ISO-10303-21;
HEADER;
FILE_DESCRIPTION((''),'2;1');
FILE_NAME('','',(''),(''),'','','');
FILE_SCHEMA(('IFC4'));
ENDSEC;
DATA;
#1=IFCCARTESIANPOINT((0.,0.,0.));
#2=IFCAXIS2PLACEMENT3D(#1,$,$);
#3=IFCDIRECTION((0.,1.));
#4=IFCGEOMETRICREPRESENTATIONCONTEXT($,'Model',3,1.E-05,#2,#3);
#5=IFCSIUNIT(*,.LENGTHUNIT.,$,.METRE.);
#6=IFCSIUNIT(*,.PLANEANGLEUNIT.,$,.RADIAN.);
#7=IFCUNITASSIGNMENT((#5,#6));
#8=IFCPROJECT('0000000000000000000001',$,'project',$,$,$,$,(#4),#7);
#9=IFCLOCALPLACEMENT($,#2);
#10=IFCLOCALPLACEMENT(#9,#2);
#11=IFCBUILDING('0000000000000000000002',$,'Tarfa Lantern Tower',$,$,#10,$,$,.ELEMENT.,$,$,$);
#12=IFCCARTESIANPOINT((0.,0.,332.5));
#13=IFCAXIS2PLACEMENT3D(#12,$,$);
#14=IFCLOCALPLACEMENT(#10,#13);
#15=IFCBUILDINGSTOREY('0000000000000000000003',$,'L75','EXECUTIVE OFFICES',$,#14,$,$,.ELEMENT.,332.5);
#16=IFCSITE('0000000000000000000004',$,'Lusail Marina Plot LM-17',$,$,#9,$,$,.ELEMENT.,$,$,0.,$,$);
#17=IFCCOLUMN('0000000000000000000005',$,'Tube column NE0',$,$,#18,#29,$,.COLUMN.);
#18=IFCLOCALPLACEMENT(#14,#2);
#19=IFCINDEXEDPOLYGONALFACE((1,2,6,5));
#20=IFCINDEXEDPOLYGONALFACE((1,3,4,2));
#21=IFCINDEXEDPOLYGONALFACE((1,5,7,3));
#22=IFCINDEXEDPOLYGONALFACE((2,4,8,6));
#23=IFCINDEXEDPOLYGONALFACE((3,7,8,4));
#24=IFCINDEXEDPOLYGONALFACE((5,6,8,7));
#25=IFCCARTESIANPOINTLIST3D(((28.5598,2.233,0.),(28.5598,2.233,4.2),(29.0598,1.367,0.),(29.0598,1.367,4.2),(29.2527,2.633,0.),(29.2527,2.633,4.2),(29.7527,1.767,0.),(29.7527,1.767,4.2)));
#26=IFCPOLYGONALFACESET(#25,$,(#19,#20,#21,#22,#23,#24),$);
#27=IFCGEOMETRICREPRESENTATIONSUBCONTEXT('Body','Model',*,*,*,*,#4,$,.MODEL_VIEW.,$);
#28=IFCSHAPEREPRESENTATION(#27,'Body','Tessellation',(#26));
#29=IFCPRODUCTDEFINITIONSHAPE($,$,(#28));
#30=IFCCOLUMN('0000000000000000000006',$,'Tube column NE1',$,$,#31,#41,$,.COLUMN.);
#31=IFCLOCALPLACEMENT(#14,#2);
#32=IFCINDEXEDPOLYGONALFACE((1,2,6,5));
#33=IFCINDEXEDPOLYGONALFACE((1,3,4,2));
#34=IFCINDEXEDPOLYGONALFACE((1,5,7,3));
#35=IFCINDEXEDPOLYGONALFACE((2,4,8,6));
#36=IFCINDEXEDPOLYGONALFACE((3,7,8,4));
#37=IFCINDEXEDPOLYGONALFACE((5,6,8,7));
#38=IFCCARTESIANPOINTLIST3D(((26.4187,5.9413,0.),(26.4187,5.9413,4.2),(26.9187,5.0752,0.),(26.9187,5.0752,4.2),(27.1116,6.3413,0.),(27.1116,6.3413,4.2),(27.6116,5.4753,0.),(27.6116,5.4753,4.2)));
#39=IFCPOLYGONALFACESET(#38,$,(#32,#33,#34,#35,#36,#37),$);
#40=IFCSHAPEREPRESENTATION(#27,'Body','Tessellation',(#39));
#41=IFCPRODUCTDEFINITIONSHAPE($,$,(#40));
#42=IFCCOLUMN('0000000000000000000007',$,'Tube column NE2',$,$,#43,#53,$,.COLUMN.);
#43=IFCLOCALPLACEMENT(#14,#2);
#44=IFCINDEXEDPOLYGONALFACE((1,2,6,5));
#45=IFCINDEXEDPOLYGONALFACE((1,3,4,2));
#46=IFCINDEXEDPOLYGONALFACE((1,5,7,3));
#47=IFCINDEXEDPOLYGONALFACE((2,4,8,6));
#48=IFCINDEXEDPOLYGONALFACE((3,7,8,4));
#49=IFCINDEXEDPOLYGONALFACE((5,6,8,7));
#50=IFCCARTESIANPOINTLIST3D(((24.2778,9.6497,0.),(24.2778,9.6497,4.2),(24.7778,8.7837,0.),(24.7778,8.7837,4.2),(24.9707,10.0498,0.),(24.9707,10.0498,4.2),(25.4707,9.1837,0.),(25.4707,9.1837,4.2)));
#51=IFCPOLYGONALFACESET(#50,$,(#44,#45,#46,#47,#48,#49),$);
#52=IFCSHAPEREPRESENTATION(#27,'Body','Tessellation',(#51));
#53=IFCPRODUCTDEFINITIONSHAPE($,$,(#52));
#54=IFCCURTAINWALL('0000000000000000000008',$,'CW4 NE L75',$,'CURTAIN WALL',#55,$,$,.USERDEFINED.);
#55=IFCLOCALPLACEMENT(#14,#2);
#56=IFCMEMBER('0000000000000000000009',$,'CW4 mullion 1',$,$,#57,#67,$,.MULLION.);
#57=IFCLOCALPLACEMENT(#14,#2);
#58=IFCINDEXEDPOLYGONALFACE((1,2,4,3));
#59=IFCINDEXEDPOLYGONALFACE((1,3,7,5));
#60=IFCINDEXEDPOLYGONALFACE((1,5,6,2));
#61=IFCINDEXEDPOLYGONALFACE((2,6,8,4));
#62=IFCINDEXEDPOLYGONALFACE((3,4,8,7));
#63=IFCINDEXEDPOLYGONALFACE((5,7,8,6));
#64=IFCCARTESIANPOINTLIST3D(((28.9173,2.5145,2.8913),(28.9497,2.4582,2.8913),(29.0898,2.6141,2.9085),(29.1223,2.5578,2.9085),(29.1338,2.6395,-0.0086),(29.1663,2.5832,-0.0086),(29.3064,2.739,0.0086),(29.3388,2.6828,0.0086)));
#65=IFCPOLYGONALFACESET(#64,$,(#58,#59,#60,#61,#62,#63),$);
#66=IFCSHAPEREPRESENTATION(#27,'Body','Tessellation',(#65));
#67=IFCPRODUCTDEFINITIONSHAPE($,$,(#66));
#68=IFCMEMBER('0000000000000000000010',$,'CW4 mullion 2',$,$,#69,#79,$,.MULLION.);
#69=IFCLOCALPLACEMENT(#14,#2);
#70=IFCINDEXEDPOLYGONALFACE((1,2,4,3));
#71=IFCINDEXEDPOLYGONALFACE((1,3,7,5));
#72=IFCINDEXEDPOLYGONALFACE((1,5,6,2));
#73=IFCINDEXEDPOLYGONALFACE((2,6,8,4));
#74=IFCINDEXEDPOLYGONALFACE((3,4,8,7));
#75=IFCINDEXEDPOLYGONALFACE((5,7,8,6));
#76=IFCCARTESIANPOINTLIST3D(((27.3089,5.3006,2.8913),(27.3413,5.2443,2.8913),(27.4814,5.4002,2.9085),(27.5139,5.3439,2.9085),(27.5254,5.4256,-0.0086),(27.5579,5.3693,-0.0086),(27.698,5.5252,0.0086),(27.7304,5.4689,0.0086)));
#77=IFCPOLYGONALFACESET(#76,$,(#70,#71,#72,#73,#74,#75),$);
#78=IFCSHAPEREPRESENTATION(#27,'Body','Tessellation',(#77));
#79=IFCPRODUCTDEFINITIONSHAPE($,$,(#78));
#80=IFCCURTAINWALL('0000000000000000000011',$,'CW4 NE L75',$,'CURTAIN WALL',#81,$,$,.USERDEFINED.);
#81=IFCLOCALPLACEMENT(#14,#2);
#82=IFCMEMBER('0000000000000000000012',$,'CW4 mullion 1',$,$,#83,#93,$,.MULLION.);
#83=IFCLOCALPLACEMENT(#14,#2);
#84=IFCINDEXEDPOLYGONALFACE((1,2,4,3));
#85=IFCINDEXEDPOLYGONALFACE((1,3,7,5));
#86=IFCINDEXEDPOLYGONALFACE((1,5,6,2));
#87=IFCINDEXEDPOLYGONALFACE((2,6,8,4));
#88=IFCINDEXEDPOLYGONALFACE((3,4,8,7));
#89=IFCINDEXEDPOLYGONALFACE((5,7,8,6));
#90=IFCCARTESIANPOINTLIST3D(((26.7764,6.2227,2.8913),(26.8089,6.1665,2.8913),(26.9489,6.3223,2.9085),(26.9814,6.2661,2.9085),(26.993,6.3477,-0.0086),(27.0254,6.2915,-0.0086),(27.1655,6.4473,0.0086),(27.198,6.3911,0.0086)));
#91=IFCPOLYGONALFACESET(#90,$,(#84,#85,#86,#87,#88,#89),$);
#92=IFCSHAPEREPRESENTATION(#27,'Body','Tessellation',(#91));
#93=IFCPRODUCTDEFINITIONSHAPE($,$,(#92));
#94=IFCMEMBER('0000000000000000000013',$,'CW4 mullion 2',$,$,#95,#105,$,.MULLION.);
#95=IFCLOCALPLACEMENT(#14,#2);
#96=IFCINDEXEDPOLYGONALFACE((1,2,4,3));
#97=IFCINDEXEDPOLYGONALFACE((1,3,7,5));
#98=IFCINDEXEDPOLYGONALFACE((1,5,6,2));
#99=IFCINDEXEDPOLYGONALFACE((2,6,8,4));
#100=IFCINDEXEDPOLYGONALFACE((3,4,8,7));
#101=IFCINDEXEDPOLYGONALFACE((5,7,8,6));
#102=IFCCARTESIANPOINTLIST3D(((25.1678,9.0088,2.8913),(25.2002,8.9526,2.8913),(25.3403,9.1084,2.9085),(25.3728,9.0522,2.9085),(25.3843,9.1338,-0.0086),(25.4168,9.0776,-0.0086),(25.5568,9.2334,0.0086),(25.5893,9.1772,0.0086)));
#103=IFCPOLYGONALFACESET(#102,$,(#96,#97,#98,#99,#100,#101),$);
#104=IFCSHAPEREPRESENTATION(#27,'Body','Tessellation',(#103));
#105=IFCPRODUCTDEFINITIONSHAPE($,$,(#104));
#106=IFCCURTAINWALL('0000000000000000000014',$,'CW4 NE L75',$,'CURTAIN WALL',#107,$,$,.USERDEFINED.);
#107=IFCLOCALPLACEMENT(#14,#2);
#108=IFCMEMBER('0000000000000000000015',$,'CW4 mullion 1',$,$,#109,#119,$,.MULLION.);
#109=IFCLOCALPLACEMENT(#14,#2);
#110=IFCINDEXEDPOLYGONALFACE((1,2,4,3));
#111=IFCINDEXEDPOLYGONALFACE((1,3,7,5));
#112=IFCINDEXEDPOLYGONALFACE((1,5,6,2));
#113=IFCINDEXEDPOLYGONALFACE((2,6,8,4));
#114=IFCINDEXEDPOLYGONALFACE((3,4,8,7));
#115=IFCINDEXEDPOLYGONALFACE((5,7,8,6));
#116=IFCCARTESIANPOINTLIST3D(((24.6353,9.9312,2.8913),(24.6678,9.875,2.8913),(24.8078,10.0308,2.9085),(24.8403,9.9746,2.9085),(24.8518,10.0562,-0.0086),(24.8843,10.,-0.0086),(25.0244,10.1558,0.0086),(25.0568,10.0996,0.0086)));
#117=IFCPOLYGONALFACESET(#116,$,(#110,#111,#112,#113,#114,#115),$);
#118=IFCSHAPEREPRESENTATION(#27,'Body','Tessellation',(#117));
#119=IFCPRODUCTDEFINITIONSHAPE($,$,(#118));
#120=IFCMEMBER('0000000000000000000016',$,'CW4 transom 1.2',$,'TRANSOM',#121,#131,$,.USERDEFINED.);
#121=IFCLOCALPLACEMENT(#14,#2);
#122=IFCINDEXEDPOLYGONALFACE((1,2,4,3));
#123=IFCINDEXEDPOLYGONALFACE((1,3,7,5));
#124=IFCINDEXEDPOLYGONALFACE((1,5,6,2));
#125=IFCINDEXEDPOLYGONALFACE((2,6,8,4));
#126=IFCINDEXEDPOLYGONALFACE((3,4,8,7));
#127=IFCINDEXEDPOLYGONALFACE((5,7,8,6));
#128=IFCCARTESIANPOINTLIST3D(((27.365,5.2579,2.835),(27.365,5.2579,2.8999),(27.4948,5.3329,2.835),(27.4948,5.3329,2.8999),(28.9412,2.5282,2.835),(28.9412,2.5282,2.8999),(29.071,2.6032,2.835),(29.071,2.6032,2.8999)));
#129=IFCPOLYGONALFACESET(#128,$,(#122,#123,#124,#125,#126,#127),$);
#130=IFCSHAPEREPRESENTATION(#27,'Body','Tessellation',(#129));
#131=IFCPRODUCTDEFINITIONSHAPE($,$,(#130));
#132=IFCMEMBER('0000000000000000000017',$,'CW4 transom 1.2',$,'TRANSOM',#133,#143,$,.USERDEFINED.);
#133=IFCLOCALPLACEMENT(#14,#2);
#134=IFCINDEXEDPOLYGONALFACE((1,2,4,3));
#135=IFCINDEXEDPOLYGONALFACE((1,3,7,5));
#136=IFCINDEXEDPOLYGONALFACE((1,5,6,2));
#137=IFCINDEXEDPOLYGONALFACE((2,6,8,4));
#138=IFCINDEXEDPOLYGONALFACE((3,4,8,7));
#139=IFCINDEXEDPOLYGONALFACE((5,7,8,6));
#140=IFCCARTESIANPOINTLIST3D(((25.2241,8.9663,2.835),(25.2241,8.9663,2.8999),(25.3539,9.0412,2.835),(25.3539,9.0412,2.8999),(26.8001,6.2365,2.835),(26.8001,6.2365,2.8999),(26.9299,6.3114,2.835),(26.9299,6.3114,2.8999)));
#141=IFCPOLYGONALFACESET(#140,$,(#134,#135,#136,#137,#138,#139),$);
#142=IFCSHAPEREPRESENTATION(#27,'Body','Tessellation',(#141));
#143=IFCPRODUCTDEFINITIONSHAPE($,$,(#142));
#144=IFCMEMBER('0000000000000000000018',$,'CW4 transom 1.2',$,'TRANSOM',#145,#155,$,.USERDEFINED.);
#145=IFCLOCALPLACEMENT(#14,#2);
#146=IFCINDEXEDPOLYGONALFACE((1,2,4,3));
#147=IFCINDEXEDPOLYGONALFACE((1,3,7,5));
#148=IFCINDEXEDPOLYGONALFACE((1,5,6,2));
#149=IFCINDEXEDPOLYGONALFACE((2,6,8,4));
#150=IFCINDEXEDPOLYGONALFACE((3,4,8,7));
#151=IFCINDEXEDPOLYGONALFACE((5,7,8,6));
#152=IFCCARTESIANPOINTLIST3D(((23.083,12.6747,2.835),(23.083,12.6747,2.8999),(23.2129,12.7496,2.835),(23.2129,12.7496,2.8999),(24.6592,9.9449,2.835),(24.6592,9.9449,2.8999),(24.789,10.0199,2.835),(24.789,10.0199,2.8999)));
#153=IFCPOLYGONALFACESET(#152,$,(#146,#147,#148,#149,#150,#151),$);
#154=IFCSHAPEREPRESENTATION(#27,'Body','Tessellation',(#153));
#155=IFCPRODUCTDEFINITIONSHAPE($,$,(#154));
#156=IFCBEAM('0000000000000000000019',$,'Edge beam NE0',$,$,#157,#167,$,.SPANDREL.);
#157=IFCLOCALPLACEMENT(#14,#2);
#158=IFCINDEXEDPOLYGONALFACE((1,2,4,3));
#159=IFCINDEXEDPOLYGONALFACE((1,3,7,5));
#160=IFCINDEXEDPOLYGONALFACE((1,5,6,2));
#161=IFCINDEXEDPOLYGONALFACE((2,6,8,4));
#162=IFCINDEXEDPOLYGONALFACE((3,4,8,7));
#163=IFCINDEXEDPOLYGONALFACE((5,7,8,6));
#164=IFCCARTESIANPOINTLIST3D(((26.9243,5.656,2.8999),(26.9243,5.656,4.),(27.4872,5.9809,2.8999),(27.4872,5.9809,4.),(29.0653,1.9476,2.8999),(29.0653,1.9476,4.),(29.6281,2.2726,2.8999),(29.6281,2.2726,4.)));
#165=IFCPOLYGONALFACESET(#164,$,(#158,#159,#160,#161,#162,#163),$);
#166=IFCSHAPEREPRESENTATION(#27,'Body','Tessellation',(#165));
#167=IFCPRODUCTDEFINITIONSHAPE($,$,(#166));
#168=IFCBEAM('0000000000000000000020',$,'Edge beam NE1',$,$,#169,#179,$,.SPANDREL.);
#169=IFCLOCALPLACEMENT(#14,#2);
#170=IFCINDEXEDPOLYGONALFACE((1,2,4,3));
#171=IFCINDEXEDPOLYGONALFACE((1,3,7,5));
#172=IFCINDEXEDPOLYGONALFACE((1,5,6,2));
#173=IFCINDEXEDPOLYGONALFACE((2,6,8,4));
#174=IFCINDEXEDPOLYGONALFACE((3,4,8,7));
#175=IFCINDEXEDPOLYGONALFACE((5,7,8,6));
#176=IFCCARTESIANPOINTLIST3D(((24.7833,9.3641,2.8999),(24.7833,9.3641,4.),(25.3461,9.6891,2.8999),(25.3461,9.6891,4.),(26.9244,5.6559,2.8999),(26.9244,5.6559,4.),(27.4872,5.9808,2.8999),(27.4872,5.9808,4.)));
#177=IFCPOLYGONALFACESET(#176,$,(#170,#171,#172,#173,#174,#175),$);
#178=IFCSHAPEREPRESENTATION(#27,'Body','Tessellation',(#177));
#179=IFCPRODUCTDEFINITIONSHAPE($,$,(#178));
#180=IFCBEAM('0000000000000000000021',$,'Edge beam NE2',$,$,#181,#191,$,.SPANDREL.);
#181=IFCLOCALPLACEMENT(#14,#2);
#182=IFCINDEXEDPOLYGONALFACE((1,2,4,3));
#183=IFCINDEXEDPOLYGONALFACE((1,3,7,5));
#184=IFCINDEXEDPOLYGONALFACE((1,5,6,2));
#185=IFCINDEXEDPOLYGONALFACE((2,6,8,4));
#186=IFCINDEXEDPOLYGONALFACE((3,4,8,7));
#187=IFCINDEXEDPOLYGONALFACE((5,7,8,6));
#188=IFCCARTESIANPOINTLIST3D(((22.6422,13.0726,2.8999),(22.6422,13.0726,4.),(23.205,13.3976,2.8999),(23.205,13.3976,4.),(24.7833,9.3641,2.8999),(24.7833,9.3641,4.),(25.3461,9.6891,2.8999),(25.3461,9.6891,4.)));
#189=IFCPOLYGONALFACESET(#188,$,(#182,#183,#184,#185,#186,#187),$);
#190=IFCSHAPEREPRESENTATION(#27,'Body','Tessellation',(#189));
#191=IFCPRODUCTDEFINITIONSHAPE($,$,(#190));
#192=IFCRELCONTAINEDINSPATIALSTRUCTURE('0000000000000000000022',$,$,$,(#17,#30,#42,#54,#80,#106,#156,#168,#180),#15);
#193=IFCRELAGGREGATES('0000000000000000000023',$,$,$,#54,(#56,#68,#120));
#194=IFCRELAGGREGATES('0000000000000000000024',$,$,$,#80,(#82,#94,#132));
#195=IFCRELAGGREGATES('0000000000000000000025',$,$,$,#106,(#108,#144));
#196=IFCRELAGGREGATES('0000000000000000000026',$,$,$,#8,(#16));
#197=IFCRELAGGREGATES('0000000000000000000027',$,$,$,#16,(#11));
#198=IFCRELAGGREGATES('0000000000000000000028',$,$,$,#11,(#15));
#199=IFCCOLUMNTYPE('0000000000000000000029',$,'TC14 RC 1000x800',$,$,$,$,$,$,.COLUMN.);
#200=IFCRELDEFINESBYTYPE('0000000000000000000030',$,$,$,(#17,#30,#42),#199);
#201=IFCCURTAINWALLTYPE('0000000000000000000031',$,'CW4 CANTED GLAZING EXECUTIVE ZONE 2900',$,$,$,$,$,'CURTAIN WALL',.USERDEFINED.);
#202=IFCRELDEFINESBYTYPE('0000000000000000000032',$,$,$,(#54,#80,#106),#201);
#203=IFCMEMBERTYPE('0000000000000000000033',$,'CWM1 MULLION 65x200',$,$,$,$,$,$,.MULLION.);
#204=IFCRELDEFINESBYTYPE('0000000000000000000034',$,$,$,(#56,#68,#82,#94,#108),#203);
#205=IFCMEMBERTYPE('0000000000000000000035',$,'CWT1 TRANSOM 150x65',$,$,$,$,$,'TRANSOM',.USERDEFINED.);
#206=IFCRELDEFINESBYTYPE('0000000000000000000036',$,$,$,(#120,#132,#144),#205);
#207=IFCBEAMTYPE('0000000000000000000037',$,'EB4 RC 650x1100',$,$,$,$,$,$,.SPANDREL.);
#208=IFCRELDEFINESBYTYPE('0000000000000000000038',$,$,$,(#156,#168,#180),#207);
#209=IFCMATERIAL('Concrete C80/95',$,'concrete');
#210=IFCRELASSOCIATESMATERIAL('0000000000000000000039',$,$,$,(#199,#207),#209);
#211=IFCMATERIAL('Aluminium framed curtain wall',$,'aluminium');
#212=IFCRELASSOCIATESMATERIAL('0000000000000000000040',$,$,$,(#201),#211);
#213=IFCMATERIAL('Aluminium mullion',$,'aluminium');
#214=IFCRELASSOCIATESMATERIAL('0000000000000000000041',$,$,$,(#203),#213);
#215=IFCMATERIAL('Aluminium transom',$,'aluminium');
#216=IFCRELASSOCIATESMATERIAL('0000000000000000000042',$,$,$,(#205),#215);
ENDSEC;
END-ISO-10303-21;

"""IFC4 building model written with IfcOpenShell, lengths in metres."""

from ifc_helpers import new_model, si_unit, direction, frame, origin, origin_2d, place, context, subcontext, project, spatial, rectangle, extrude, material, material_profile, profile_set, type_object, element, aggregate, save


model = new_model("IFC4")

# Units and contexts
model_context = context("Model", 3, precision=1e-05, world=origin(), true_north=direction((0.0, 1.0)))
body_context = subcontext(model_context, "Body", "Model", "MODEL_VIEW")
ifc_project = project(units=[si_unit("LENGTHUNIT", "METRE"), si_unit("PLANEANGLEUNIT", "RADIAN")], contexts=[model_context])

# Site, building, storey
site_placement = place(None, origin())
site = spatial("IfcSite", under=ifc_project, at=site_placement, Name="Lusail Marina Plot LM-17", CompositionType="ELEMENT", RefElevation=0.0)
building_placement = place(site_placement, origin())
building = spatial("IfcBuilding", under=site, at=building_placement, Name="Tarfa Lantern Tower", CompositionType="ELEMENT")
storey_placement = place(building_placement, frame((0.0, 0.0, 332.5)))
storey = spatial("IfcBuildingStorey", under=building, at=storey_placement, Name="L75", Description="EXECUTIVE OFFICES", CompositionType="ELEMENT", Elevation=332.5)

# Columns
ifc_material_1 = material(Name="Concrete C80/95", Category="concrete")
ifc_material_profile_1 = material_profile(ifc_material_1, rectangle(XDim=1.0, YDim=0.8, at=origin_2d()), Name="RC 1000x800")
ifc_profile_set_1 = profile_set([ifc_material_profile_1], Name="Concrete C80/95")
column_type = type_object("IfcColumnType", Name="TC14 RC 1000x800", PredefinedType="COLUMN", material=ifc_profile_set_1)
for number, where, z_axis, x_axis, name in (
    (1, (29.1562, 2.0, 0.0), (0.0, 0.0, 1.0), (-0.5, 0.866025, 0.0), "Tube column NE0"),
    (2, (27.0151, 5.7083, 0.0), (0.0, 0.0, 1.0), (-0.5, 0.866025, 0.0), "Tube column NE1"),
    (3, (24.8743, 9.4167, 0.0), (0.0, 0.0, 1.0), (-0.5, 0.866025, 0.0), "Tube column NE2"),
):
    element("IfcColumn", number, at=place(storey_placement, frame(where, z_axis=z_axis, x_axis=x_axis)), inside=storey, type_object=column_type, Name=name, PredefinedType="COLUMN", context=body_context, shape_type="SweptSolid", body=[
        extrude(rectangle(XDim=1.0, YDim=0.8, at=origin_2d()), origin(), (0.0, 0.0, 1.0), 4.2),
    ])

# Curtain walls, members
ifc_material_2 = material(Name="Aluminium framed curtain wall", Category="aluminium")
curtain_wall_type = type_object("IfcCurtainWallType", Name="CW4 CANTED GLAZING EXECUTIVE ZONE 2900", ElementType="CURTAIN WALL", PredefinedType="USERDEFINED", material=ifc_material_2)
curtain_wall_1_placement = place(storey_placement, origin())
curtain_wall_1 = element("IfcCurtainWall", 4, at=curtain_wall_1_placement, inside=storey, type_object=curtain_wall_type, Name="CW4 NE L75", ObjectType="CURTAIN WALL", PredefinedType="USERDEFINED")
ifc_material_3 = material(Name="Aluminium mullion", Category="aluminium")
ifc_material_profile_2 = material_profile(ifc_material_3, rectangle(XDim=0.0649, YDim=0.2, at=origin_2d()), Name="AL MULLION 65x200")
ifc_profile_set_2 = profile_set([ifc_material_profile_2], Name="Aluminium mullion")
member_type_1 = type_object("IfcMemberType", Name="CWM1 MULLION 65x200", PredefinedType="MULLION", material=ifc_profile_set_2)
member_1_placement = place(storey_placement, frame((29.2363, 2.6611, 0.0), z_axis=(-0.0744, -0.042946, 0.996303), x_axis=(0.49992, -0.866072, 0.0)))
member_1 = element("IfcMember", 5, at=member_1_placement, type_object=member_type_1, Name="CW4 mullion 1", PredefinedType="MULLION", context=body_context, shape_type="SweptSolid", body=[
    extrude(rectangle(XDim=0.0649, YDim=0.2, at=origin_2d()), origin(), (0.0, 0.0, 1.0), 2.9106),
])
member_2_placement = place(storey_placement, frame((27.6279, 5.4473, 0.0), z_axis=(-0.0744, -0.042946, 0.996303), x_axis=(0.49992, -0.866072, 0.0)))
member_2 = element("IfcMember", 6, at=member_2_placement, type_object=member_type_1, Name="CW4 mullion 2", PredefinedType="MULLION", context=body_context, shape_type="SweptSolid", body=[
    extrude(rectangle(XDim=0.0649, YDim=0.2, at=origin_2d()), origin(), (0.0, 0.0, 1.0), 2.9106),
])
curtain_wall_2_placement = place(storey_placement, origin())
curtain_wall_2 = element("IfcCurtainWall", 7, at=curtain_wall_2_placement, inside=storey, type_object=curtain_wall_type, Name="CW4 NE L75", ObjectType="CURTAIN WALL", PredefinedType="USERDEFINED")
member_3_placement = place(storey_placement, frame((27.0955, 6.3694, 0.0), z_axis=(-0.0744, -0.042946, 0.996303), x_axis=(0.49992, -0.866072, 0.0)))
member_3 = element("IfcMember", 8, at=member_3_placement, type_object=member_type_1, Name="CW4 mullion 1", PredefinedType="MULLION", context=body_context, shape_type="SweptSolid", body=[
    extrude(rectangle(XDim=0.0649, YDim=0.2, at=origin_2d()), origin(), (0.0, 0.0, 1.0), 2.9106),
])
member_4_placement = place(storey_placement, frame((25.4868, 9.1555, 0.0), z_axis=(-0.0744, -0.042946, 0.996303), x_axis=(0.49992, -0.866072, 0.0)))
member_4 = element("IfcMember", 9, at=member_4_placement, type_object=member_type_1, Name="CW4 mullion 2", PredefinedType="MULLION", context=body_context, shape_type="SweptSolid", body=[
    extrude(rectangle(XDim=0.0649, YDim=0.2, at=origin_2d()), origin(), (0.0, 0.0, 1.0), 2.9106),
])

# Curtain wall, member
curtain_wall_3_placement = place(storey_placement, origin())
curtain_wall_3 = element("IfcCurtainWall", 10, at=curtain_wall_3_placement, inside=storey, type_object=curtain_wall_type, Name="CW4 NE L75", ObjectType="CURTAIN WALL", PredefinedType="USERDEFINED")
member_5_placement = place(storey_placement, frame((24.9543, 10.0779, 0.0), z_axis=(-0.0744, -0.042946, 0.996303), x_axis=(0.49992, -0.866072, 0.0)))
member_5 = element("IfcMember", 11, at=member_5_placement, type_object=member_type_1, Name="CW4 mullion 1", PredefinedType="MULLION", context=body_context, shape_type="SweptSolid", body=[
    extrude(rectangle(XDim=0.0649, YDim=0.2, at=origin_2d()), origin(), (0.0, 0.0, 1.0), 2.9106),
])

# Members
ifc_material_4 = material(Name="Aluminium transom", Category="aluminium")
ifc_material_profile_3 = material_profile(ifc_material_4, rectangle(XDim=0.1499, YDim=0.0649, at=origin_2d()), Name="AL TRANSOM 150x65")
ifc_profile_set_3 = profile_set([ifc_material_profile_3], Name="Aluminium transom")
member_type_2 = type_object("IfcMemberType", Name="CWT1 TRANSOM 150x65", ElementType="TRANSOM", PredefinedType="USERDEFINED", material=ifc_profile_set_3)
member_6_placement = place(storey_placement, frame((29.0061, 2.5657, 2.8674), z_axis=(-0.500038, 0.866004, 0.0), x_axis=(-0.866004, -0.500038, 0.0)))
member_6 = element("IfcMember", 12, at=member_6_placement, type_object=member_type_2, Name="CW4 transom 1.2", ObjectType="TRANSOM", PredefinedType="USERDEFINED", context=body_context, shape_type="SweptSolid", body=[
    extrude(rectangle(XDim=0.1499, YDim=0.0649, at=origin_2d()), origin(), (0.0, 0.0, 1.0), 3.1521),
])
member_7_placement = place(storey_placement, frame((26.865, 6.2739, 2.8674), z_axis=(-0.499979, 0.866037, 0.0), x_axis=(-0.866037, -0.499979, 0.0)))
member_7 = element("IfcMember", 13, at=member_7_placement, type_object=member_type_2, Name="CW4 transom 1.2", ObjectType="TRANSOM", PredefinedType="USERDEFINED", context=body_context, shape_type="SweptSolid", body=[
    extrude(rectangle(XDim=0.1499, YDim=0.0649, at=origin_2d()), origin(), (0.0, 0.0, 1.0), 3.1521),
])
member_8_placement = place(storey_placement, frame((24.7241, 9.9824, 2.8674), z_axis=(-0.500038, 0.866004, 0.0), x_axis=(-0.866004, -0.500038, 0.0)))
member_8 = element("IfcMember", 14, at=member_8_placement, type_object=member_type_2, Name="CW4 transom 1.2", ObjectType="TRANSOM", PredefinedType="USERDEFINED", context=body_context, shape_type="SweptSolid", body=[
    extrude(rectangle(XDim=0.1499, YDim=0.0649, at=origin_2d()), origin(), (0.0, 0.0, 1.0), 3.1521),
])

# Beams
ifc_material_profile_4 = material_profile(ifc_material_1, rectangle(XDim=0.6499, YDim=1.1001, at=origin_2d()), Name="RC 650x1100")
ifc_profile_set_4 = profile_set([ifc_material_profile_4], Name="Concrete C80/95")
beam_type_1 = type_object("IfcBeamType", Name="EB4 RC 650x1100", PredefinedType="SPANDREL", material=ifc_profile_set_4)
for number, where, z_axis, x_axis, name in (
    (15, (29.3467, 2.1101, 3.45), (-0.499984, 0.866035, 0.0), (-0.866035, -0.499984, 0.0), "Edge beam NE0"),
    (16, (27.2058, 5.8184, 3.45), (-0.500027, 0.86601, 0.0), (-0.86601, -0.500027, 0.0), "Edge beam NE1"),
):
    element("IfcBeam", number, at=place(storey_placement, frame(where, z_axis=z_axis, x_axis=x_axis)), inside=storey, type_object=beam_type_1, Name=name, PredefinedType="SPANDREL", context=body_context, shape_type="SweptSolid", body=[
        extrude(rectangle(XDim=0.6499, YDim=1.1001, at=origin_2d()), origin(), (0.0, 0.0, 1.0), 4.282),
    ])
beam_1_placement = place(storey_placement, frame((25.0647, 9.5266, 3.45), z_axis=(-0.500002, 0.866024, 0.0), x_axis=(-0.866024, -0.500002, 0.0)))
element("IfcBeam", 17, at=beam_1_placement, inside=storey, type_object=beam_type_1, Name="Edge beam NE2", PredefinedType="SPANDREL", context=body_context, shape_type="SweptSolid", body=[
    extrude(rectangle(XDim=0.6499, YDim=1.1001, at=origin_2d()), origin(), (0.0, 0.0, 1.0), 4.2822),
])

aggregate(curtain_wall_1, [member_1, member_2, member_6])
aggregate(curtain_wall_2, [member_3, member_4, member_7])
aggregate(curtain_wall_3, [member_5, member_8])

save(model, "model.ifc")
